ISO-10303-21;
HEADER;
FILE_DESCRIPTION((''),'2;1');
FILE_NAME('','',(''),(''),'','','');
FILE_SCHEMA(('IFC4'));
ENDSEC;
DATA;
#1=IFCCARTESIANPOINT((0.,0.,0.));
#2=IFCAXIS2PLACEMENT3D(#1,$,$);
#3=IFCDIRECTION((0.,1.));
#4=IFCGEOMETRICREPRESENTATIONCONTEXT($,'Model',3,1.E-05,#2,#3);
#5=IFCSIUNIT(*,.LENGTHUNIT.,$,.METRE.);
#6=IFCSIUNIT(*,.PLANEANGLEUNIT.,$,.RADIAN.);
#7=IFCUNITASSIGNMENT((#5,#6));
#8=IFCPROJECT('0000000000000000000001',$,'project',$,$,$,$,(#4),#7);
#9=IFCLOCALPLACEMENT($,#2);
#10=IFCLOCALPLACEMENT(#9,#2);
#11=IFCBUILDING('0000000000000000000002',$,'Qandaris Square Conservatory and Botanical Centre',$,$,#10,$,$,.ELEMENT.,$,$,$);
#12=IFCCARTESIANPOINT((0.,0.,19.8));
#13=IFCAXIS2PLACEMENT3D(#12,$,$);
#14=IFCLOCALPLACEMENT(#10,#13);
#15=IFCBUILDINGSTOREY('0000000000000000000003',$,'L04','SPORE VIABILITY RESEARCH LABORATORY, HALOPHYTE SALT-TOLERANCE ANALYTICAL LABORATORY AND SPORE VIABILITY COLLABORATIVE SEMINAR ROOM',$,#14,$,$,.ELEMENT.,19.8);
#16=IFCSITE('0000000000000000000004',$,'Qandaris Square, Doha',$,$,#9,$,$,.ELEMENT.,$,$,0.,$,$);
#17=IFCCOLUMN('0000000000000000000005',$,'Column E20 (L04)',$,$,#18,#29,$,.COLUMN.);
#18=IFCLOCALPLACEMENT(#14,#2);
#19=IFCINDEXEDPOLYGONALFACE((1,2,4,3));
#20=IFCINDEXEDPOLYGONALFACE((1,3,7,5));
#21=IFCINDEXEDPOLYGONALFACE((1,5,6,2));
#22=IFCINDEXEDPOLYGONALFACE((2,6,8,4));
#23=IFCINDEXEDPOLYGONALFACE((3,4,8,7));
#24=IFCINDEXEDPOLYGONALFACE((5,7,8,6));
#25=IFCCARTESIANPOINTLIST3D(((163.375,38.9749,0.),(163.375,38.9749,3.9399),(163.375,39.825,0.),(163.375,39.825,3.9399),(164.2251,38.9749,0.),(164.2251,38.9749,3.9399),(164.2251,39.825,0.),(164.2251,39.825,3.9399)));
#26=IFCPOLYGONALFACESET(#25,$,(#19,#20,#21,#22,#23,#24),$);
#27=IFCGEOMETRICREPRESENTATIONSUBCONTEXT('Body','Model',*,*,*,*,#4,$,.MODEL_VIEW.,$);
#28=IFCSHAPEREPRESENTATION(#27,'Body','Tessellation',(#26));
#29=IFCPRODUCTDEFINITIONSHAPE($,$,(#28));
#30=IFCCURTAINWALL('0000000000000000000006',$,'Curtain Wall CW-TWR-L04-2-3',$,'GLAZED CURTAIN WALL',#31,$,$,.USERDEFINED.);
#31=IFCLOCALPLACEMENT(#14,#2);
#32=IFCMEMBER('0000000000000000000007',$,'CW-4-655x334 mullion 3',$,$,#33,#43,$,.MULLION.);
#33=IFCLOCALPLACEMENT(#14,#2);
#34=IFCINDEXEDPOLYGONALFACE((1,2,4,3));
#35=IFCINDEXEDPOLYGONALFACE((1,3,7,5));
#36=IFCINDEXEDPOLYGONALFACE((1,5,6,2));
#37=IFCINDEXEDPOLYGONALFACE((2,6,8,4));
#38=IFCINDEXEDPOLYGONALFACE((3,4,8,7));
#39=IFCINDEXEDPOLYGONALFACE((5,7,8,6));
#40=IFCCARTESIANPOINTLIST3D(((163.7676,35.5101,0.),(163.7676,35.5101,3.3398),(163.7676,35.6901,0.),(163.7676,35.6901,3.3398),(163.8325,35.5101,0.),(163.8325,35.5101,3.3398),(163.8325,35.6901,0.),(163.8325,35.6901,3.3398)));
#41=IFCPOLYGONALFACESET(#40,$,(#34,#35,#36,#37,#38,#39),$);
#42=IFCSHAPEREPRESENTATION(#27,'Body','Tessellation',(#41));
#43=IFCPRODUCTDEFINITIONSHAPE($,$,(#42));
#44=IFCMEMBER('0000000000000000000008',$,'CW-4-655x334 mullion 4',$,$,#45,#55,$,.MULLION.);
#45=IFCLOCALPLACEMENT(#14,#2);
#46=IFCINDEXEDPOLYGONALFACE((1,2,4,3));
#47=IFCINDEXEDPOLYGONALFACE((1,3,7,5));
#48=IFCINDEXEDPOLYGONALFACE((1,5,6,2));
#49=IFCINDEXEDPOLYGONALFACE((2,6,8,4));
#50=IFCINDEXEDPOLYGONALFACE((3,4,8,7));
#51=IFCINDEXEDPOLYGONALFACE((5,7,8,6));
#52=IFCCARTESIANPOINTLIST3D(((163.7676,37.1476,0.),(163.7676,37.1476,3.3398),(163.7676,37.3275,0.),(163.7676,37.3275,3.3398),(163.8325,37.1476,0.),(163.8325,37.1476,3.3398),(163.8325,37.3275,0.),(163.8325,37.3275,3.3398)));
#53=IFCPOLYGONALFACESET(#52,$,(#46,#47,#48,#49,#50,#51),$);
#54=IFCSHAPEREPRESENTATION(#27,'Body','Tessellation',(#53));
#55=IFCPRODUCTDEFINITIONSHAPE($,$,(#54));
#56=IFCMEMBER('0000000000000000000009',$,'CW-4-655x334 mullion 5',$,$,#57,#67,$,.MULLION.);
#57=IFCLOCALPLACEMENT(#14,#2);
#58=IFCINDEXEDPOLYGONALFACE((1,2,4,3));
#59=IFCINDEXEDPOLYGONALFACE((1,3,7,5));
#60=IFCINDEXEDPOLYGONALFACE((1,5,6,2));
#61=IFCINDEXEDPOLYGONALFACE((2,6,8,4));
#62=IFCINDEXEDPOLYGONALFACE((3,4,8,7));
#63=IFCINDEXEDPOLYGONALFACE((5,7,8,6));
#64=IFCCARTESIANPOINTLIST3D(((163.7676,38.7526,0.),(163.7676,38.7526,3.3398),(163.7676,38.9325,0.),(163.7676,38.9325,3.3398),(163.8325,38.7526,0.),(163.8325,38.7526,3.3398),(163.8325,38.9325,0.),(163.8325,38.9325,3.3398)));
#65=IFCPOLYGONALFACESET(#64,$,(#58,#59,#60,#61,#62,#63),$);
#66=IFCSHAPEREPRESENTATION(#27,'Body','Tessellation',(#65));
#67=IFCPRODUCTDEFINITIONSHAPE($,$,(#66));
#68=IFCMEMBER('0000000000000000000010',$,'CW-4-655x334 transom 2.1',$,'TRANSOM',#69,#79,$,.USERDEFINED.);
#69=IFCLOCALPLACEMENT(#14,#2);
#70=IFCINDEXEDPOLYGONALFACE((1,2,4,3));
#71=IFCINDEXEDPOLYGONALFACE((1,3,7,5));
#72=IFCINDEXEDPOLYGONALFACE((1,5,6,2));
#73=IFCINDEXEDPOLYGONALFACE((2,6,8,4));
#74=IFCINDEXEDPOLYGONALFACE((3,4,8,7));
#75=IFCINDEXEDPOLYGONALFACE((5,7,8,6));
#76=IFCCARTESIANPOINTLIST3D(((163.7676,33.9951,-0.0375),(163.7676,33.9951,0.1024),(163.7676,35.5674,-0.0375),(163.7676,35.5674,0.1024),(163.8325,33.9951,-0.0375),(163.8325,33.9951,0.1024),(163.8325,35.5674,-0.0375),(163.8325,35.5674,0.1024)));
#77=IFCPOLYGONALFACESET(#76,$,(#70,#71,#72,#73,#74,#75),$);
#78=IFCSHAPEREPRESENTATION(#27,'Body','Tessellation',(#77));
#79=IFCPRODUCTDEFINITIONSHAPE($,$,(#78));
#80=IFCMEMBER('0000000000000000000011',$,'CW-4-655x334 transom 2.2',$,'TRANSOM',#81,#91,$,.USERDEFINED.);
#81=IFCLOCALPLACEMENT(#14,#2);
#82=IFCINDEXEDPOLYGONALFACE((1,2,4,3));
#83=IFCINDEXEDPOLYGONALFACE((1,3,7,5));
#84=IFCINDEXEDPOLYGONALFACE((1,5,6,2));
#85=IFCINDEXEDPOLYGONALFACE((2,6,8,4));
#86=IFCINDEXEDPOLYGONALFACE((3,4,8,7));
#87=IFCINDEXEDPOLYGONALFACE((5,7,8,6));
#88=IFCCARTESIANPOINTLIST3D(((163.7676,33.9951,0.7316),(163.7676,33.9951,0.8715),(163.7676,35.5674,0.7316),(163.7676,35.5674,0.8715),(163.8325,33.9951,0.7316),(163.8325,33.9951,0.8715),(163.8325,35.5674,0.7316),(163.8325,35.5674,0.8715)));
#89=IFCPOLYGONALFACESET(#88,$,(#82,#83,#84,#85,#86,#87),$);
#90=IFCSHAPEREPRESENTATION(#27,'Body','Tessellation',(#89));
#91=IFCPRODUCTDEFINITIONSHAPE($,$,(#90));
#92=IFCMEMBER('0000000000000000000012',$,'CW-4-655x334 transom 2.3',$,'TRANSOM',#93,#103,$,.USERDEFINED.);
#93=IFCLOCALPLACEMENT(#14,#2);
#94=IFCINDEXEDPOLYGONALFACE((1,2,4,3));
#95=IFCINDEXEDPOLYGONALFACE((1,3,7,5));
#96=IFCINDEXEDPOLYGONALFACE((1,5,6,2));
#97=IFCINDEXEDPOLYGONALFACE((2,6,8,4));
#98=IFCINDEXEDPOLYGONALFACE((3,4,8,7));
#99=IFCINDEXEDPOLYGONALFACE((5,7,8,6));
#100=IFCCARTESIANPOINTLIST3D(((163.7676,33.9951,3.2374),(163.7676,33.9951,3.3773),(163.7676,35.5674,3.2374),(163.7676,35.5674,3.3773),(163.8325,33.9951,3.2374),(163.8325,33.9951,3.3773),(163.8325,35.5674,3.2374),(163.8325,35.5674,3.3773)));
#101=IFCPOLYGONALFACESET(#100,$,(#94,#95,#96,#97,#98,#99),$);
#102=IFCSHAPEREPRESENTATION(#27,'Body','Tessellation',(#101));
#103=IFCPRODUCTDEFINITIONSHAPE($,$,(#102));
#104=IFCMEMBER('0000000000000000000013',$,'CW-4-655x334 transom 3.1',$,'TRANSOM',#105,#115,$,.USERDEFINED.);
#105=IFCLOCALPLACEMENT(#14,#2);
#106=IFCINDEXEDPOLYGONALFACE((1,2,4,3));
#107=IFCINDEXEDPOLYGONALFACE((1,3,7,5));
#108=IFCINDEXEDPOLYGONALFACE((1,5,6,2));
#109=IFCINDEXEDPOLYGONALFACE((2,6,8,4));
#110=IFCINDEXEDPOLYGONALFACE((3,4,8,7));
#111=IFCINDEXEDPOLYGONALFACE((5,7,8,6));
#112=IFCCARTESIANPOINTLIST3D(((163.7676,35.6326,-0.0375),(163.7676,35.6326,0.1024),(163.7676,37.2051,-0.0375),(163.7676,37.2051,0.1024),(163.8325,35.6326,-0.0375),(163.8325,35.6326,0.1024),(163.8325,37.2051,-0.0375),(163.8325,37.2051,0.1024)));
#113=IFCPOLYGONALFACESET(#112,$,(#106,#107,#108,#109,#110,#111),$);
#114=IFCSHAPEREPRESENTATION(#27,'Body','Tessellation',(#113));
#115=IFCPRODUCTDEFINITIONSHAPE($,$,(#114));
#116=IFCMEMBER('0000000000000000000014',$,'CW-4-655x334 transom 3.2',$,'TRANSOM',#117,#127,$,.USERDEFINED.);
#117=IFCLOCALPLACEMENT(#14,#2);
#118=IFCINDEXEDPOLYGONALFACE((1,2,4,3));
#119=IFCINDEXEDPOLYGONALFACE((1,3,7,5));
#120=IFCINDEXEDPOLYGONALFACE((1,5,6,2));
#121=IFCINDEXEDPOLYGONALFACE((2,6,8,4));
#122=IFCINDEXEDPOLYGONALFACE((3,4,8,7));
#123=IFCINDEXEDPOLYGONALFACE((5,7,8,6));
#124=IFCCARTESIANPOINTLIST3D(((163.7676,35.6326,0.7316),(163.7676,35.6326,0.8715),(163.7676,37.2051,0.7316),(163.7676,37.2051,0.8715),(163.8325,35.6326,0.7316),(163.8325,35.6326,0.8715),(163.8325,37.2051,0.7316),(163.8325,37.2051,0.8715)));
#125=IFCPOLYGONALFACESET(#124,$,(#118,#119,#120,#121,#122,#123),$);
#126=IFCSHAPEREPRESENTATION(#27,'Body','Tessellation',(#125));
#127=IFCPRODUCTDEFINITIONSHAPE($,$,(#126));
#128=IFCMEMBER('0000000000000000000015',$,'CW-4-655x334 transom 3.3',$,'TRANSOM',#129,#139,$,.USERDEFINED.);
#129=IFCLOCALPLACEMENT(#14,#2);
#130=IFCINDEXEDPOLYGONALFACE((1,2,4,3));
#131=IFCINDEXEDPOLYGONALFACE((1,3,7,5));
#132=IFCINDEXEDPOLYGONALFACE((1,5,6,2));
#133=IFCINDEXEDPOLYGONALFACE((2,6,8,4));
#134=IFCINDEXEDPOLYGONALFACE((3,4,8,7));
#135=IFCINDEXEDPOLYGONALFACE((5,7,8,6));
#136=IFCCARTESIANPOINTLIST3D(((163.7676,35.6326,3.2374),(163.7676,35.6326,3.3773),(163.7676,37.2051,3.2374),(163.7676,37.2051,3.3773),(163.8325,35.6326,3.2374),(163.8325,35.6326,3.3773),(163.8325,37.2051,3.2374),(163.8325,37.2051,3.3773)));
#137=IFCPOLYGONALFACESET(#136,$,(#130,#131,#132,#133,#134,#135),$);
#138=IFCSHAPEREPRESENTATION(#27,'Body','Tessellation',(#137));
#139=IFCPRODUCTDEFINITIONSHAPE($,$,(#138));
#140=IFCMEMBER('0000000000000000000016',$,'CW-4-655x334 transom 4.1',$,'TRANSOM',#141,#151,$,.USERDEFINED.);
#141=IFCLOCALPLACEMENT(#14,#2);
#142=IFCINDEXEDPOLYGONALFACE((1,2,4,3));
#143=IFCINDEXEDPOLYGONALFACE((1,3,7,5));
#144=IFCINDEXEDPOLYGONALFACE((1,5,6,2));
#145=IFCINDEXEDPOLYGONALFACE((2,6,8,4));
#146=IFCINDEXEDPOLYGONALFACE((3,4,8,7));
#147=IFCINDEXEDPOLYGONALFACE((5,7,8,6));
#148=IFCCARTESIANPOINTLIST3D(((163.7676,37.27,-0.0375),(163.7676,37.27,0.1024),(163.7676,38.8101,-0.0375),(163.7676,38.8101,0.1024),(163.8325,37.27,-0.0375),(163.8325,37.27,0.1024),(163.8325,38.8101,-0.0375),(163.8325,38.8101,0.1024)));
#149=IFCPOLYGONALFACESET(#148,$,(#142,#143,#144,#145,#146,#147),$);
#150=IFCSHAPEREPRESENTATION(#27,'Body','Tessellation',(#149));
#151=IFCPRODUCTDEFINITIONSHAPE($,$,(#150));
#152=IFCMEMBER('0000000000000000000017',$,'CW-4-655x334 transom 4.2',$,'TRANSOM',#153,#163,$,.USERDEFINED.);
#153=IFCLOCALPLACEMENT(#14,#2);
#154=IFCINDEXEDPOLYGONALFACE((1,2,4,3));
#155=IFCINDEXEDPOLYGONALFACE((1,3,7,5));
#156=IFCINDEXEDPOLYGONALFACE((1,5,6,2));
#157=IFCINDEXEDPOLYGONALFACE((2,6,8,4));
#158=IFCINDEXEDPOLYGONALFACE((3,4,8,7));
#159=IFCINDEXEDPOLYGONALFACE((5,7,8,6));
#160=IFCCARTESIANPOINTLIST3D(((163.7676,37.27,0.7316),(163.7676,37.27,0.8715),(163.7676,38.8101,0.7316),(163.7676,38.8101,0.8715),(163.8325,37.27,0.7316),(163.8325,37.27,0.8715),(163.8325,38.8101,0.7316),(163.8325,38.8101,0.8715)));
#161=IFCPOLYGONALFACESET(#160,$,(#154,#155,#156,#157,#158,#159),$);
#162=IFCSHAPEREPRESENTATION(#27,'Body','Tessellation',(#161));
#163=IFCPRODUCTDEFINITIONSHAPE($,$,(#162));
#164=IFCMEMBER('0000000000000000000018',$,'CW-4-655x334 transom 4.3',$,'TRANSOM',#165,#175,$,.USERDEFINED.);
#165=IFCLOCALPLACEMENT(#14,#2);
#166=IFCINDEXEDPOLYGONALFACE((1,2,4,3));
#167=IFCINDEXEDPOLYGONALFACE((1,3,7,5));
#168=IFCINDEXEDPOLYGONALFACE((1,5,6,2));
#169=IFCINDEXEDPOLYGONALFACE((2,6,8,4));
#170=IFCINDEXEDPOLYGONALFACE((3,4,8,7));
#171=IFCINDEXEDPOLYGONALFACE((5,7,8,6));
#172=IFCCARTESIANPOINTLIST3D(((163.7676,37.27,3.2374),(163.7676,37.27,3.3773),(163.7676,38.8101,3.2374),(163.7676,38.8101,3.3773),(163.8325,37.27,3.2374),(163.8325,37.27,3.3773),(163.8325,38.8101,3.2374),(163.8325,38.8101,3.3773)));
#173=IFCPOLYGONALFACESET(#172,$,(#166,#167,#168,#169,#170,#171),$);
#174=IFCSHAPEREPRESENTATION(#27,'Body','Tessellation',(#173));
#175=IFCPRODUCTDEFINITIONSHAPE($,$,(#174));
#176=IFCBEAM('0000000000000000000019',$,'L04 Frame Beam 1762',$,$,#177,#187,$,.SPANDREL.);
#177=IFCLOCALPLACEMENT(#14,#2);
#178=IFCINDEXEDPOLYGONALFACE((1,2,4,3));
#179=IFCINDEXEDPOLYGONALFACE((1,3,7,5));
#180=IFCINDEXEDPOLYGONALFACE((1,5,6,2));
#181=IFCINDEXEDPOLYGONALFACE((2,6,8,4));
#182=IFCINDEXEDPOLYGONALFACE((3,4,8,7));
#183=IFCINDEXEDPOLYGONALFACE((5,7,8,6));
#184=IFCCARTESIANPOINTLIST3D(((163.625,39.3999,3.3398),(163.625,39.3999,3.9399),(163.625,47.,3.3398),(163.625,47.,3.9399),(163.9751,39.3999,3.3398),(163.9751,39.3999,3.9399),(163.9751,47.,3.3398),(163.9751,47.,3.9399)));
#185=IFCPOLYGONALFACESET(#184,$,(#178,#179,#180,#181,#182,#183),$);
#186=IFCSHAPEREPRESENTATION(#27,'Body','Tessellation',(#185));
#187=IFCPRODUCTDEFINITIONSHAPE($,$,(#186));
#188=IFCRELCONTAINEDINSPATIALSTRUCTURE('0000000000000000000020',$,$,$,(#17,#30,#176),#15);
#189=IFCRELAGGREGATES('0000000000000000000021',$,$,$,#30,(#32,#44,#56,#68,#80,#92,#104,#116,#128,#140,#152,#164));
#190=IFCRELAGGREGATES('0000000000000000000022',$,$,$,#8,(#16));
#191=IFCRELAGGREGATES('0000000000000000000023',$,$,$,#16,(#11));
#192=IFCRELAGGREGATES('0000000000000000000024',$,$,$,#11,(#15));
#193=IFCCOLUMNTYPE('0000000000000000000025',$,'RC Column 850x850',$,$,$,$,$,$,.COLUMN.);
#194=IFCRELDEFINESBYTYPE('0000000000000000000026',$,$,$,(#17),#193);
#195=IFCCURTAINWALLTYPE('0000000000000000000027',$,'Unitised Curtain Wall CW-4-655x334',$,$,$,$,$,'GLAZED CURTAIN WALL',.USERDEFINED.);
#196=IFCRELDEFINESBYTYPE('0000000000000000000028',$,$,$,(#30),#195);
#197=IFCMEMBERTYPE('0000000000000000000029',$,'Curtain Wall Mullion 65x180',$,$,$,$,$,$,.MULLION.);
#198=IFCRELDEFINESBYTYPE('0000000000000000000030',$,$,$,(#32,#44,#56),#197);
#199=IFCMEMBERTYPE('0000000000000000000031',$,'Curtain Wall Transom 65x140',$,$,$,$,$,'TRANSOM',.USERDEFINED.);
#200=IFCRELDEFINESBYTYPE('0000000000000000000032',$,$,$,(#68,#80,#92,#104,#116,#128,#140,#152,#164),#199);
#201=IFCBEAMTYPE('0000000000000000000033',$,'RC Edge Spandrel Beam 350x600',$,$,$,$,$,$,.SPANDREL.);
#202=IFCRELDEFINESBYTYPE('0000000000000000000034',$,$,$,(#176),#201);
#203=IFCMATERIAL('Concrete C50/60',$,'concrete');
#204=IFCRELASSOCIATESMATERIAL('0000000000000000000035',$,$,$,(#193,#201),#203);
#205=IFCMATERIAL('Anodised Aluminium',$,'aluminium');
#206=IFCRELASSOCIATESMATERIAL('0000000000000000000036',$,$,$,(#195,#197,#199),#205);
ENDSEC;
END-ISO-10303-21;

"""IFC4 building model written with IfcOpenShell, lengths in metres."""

from ifc_helpers import new_model, si_unit, direction, frame, origin, origin_2d, place, context, subcontext, project, spatial, rectangle, extrude, material, material_profile, profile_set, type_object, element, aggregate, save


model = new_model("IFC4")

# Units and contexts
model_context = context("Model", 3, precision=1e-05, world=origin(), true_north=direction((0.0, 1.0)))
body_context = subcontext(model_context, "Body", "Model", "MODEL_VIEW")
ifc_project = project(units=[si_unit("LENGTHUNIT", "METRE"), si_unit("PLANEANGLEUNIT", "RADIAN")], contexts=[model_context])

# Site, building, storey
site_placement = place(None, origin())
site = spatial("IfcSite", under=ifc_project, at=site_placement, Name="Qandaris Square, Doha", CompositionType="ELEMENT", RefElevation=0.0)
building_placement = place(site_placement, origin())
building = spatial("IfcBuilding", under=site, at=building_placement, Name="Qandaris Square Conservatory and Botanical Centre", CompositionType="ELEMENT")
storey_placement = place(building_placement, frame((0.0, 0.0, 19.8)))
storey = spatial("IfcBuildingStorey", under=building, at=storey_placement, Name="L04", Description="SPORE VIABILITY RESEARCH LABORATORY, HALOPHYTE SALT-TOLERANCE ANALYTICAL LABORATORY AND SPORE VIABILITY COLLABORATIVE SEMINAR ROOM", CompositionType="ELEMENT", Elevation=19.8)

# Column
ifc_material_1 = material(Name="Concrete C50/60", Category="concrete")
ifc_material_profile_1 = material_profile(ifc_material_1, rectangle(XDim=0.8501, YDim=0.8501, at=origin_2d()), Name="RC-COL 850x850")
ifc_profile_set_1 = profile_set([ifc_material_profile_1], Name="Concrete C50/60")
column_type = type_object("IfcColumnType", Name="RC Column 850x850", PredefinedType="COLUMN", material=ifc_profile_set_1)
column_placement = place(storey_placement, frame((163.8, 39.3999, 0.0), z_axis=(0.0, 0.0, 1.0), x_axis=(1.0, 0.0, 0.0)))
element("IfcColumn", 1, at=column_placement, inside=storey, type_object=column_type, Name="Column E20 (L04)", PredefinedType="COLUMN", context=body_context, shape_type="SweptSolid", body=[
    extrude(rectangle(XDim=0.8501, YDim=0.8501, at=origin_2d()), origin(), (0.0, 0.0, 1.0), 3.9399),
])

# Curtain wall, members
ifc_material_2 = material(Name="Anodised Aluminium", Category="aluminium")
curtain_wall_type = type_object("IfcCurtainWallType", Name="Unitised Curtain Wall CW-4-655x334", ElementType="GLAZED CURTAIN WALL", PredefinedType="USERDEFINED", material=ifc_material_2)
curtain_wall_placement = place(storey_placement, origin())
curtain_wall = element("IfcCurtainWall", 2, at=curtain_wall_placement, inside=storey, type_object=curtain_wall_type, Name="Curtain Wall CW-TWR-L04-2-3", ObjectType="GLAZED CURTAIN WALL", PredefinedType="USERDEFINED")
ifc_material_profile_2 = material_profile(ifc_material_2, rectangle(XDim=0.0649, YDim=0.1799, at=origin_2d()), Name="ALU-MUL 65x180")
ifc_profile_set_2 = profile_set([ifc_material_profile_2], Name="Anodised Aluminium")
member_type_1 = type_object("IfcMemberType", Name="Curtain Wall Mullion 65x180", PredefinedType="MULLION", material=ifc_profile_set_2)
member_1_placement = place(storey_placement, frame((163.8, 35.6001, 0.0), z_axis=(0.0, 0.0, 1.0), x_axis=(-1.0, 0.0, 0.0)))
member_1 = element("IfcMember", 3, at=member_1_placement, type_object=member_type_1, Name="CW-4-655x334 mullion 3", PredefinedType="MULLION", context=body_context, shape_type="SweptSolid", body=[
    extrude(rectangle(XDim=0.0649, YDim=0.1799, at=origin_2d()), origin(), (0.0, 0.0, 1.0), 3.3398),
])
member_2_placement = place(storey_placement, frame((163.8, 37.2375, 0.0), z_axis=(0.0, 0.0, 1.0), x_axis=(-1.0, 0.0, 0.0)))
member_2 = element("IfcMember", 4, at=member_2_placement, type_object=member_type_1, Name="CW-4-655x334 mullion 4", PredefinedType="MULLION", context=body_context, shape_type="SweptSolid", body=[
    extrude(rectangle(XDim=0.0649, YDim=0.1799, at=origin_2d()), origin(), (0.0, 0.0, 1.0), 3.3398),
])
member_3_placement = place(storey_placement, frame((163.8, 38.8425, 0.0), z_axis=(0.0, 0.0, 1.0), x_axis=(-1.0, 0.0, 0.0)))
member_3 = element("IfcMember", 5, at=member_3_placement, type_object=member_type_1, Name="CW-4-655x334 mullion 5", PredefinedType="MULLION", context=body_context, shape_type="SweptSolid", body=[
    extrude(rectangle(XDim=0.0649, YDim=0.1799, at=origin_2d()), origin(), (0.0, 0.0, 1.0), 3.3398),
])
ifc_material_profile_3 = material_profile(ifc_material_2, rectangle(XDim=0.0649, YDim=0.1399, at=origin_2d()), Name="ALU-TRN 65x140")
ifc_profile_set_3 = profile_set([ifc_material_profile_3], Name="Anodised Aluminium")
member_type_2 = type_object("IfcMemberType", Name="Curtain Wall Transom 65x140", ElementType="TRANSOM", PredefinedType="USERDEFINED", material=ifc_profile_set_3)
member_4_placement = place(storey_placement, frame((163.8, 33.9951, 0.0325), z_axis=(0.0, 1.0, 0.0), x_axis=(-1.0, 0.0, 0.0)))
member_4 = element("IfcMember", 6, at=member_4_placement, type_object=member_type_2, Name="CW-4-655x334 transom 2.1", ObjectType="TRANSOM", PredefinedType="USERDEFINED", context=body_context, shape_type="SweptSolid", body=[
    extrude(rectangle(XDim=0.0649, YDim=0.1399, at=origin_2d()), origin(), (0.0, 0.0, 1.0), 1.5723),
])
member_5_placement = place(storey_placement, frame((163.8, 33.9951, 0.8015), z_axis=(0.0, 1.0, 0.0), x_axis=(-1.0, 0.0, 0.0)))
member_5 = element("IfcMember", 7, at=member_5_placement, type_object=member_type_2, Name="CW-4-655x334 transom 2.2", ObjectType="TRANSOM", PredefinedType="USERDEFINED", context=body_context, shape_type="SweptSolid", body=[
    extrude(rectangle(XDim=0.0649, YDim=0.1399, at=origin_2d()), origin(), (0.0, 0.0, 1.0), 1.5723),
])
member_6_placement = place(storey_placement, frame((163.8, 33.9951, 3.3074), z_axis=(0.0, 1.0, 0.0), x_axis=(-1.0, 0.0, 0.0)))
member_6 = element("IfcMember", 8, at=member_6_placement, type_object=member_type_2, Name="CW-4-655x334 transom 2.3", ObjectType="TRANSOM", PredefinedType="USERDEFINED", context=body_context, shape_type="SweptSolid", body=[
    extrude(rectangle(XDim=0.0649, YDim=0.1399, at=origin_2d()), origin(), (0.0, 0.0, 1.0), 1.5723),
])
member_7_placement = place(storey_placement, frame((163.8, 35.6326, 0.0325), z_axis=(0.0, 1.0, 0.0), x_axis=(-1.0, 0.0, 0.0)))
member_7 = element("IfcMember", 9, at=member_7_placement, type_object=member_type_2, Name="CW-4-655x334 transom 3.1", ObjectType="TRANSOM", PredefinedType="USERDEFINED", context=body_context, shape_type="SweptSolid", body=[
    extrude(rectangle(XDim=0.0649, YDim=0.1399, at=origin_2d()), origin(), (0.0, 0.0, 1.0), 1.5725),
])
member_8_placement = place(storey_placement, frame((163.8, 35.6326, 0.8015), z_axis=(0.0, 1.0, 0.0), x_axis=(-1.0, 0.0, 0.0)))
member_8 = element("IfcMember", 10, at=member_8_placement, type_object=member_type_2, Name="CW-4-655x334 transom 3.2", ObjectType="TRANSOM", PredefinedType="USERDEFINED", context=body_context, shape_type="SweptSolid", body=[
    extrude(rectangle(XDim=0.0649, YDim=0.1399, at=origin_2d()), origin(), (0.0, 0.0, 1.0), 1.5725),
])
member_9_placement = place(storey_placement, frame((163.8, 35.6326, 3.3074), z_axis=(0.0, 1.0, 0.0), x_axis=(-1.0, 0.0, 0.0)))
member_9 = element("IfcMember", 11, at=member_9_placement, type_object=member_type_2, Name="CW-4-655x334 transom 3.3", ObjectType="TRANSOM", PredefinedType="USERDEFINED", context=body_context, shape_type="SweptSolid", body=[
    extrude(rectangle(XDim=0.0649, YDim=0.1399, at=origin_2d()), origin(), (0.0, 0.0, 1.0), 1.5725),
])
member_10_placement = place(storey_placement, frame((163.8, 37.27, 0.0325), z_axis=(0.0, 1.0, 0.0), x_axis=(-1.0, 0.0, 0.0)))
member_10 = element("IfcMember", 12, at=member_10_placement, type_object=member_type_2, Name="CW-4-655x334 transom 4.1", ObjectType="TRANSOM", PredefinedType="USERDEFINED", context=body_context, shape_type="SweptSolid", body=[
    extrude(rectangle(XDim=0.0649, YDim=0.1399, at=origin_2d()), origin(), (0.0, 0.0, 1.0), 1.54),
])
member_11_placement = place(storey_placement, frame((163.8, 37.27, 0.8015), z_axis=(0.0, 1.0, 0.0), x_axis=(-1.0, 0.0, 0.0)))
member_11 = element("IfcMember", 13, at=member_11_placement, type_object=member_type_2, Name="CW-4-655x334 transom 4.2", ObjectType="TRANSOM", PredefinedType="USERDEFINED", context=body_context, shape_type="SweptSolid", body=[
    extrude(rectangle(XDim=0.0649, YDim=0.1399, at=origin_2d()), origin(), (0.0, 0.0, 1.0), 1.54),
])
member_12_placement = place(storey_placement, frame((163.8, 37.27, 3.3074), z_axis=(0.0, 1.0, 0.0), x_axis=(-1.0, 0.0, 0.0)))
member_12 = element("IfcMember", 14, at=member_12_placement, type_object=member_type_2, Name="CW-4-655x334 transom 4.3", ObjectType="TRANSOM", PredefinedType="USERDEFINED", context=body_context, shape_type="SweptSolid", body=[
    extrude(rectangle(XDim=0.0649, YDim=0.1399, at=origin_2d()), origin(), (0.0, 0.0, 1.0), 1.54),
])

# Beam
ifc_material_profile_4 = material_profile(ifc_material_1, rectangle(XDim=0.3501, YDim=0.6001, at=origin_2d()), Name="RC-SP 350x600")
ifc_profile_set_4 = profile_set([ifc_material_profile_4], Name="Concrete C50/60")
beam_type = type_object("IfcBeamType", Name="RC Edge Spandrel Beam 350x600", PredefinedType="SPANDREL", material=ifc_profile_set_4)
beam_placement = place(storey_placement, frame((163.8, 39.3999, 3.6399), z_axis=(0.0, 1.0, 0.0), x_axis=(-1.0, 0.0, 0.0)))
element("IfcBeam", 15, at=beam_placement, inside=storey, type_object=beam_type, Name="L04 Frame Beam 1762", PredefinedType="SPANDREL", context=body_context, shape_type="SweptSolid", body=[
    extrude(rectangle(XDim=0.3501, YDim=0.6001, at=origin_2d()), origin(), (0.0, 0.0, 1.0), 7.6001),
])

aggregate(curtain_wall, [member_1, member_2, member_3, member_4, member_5, member_6, member_7, member_8, member_9, member_10, member_11, member_12])

save(model, "model.ifc")
